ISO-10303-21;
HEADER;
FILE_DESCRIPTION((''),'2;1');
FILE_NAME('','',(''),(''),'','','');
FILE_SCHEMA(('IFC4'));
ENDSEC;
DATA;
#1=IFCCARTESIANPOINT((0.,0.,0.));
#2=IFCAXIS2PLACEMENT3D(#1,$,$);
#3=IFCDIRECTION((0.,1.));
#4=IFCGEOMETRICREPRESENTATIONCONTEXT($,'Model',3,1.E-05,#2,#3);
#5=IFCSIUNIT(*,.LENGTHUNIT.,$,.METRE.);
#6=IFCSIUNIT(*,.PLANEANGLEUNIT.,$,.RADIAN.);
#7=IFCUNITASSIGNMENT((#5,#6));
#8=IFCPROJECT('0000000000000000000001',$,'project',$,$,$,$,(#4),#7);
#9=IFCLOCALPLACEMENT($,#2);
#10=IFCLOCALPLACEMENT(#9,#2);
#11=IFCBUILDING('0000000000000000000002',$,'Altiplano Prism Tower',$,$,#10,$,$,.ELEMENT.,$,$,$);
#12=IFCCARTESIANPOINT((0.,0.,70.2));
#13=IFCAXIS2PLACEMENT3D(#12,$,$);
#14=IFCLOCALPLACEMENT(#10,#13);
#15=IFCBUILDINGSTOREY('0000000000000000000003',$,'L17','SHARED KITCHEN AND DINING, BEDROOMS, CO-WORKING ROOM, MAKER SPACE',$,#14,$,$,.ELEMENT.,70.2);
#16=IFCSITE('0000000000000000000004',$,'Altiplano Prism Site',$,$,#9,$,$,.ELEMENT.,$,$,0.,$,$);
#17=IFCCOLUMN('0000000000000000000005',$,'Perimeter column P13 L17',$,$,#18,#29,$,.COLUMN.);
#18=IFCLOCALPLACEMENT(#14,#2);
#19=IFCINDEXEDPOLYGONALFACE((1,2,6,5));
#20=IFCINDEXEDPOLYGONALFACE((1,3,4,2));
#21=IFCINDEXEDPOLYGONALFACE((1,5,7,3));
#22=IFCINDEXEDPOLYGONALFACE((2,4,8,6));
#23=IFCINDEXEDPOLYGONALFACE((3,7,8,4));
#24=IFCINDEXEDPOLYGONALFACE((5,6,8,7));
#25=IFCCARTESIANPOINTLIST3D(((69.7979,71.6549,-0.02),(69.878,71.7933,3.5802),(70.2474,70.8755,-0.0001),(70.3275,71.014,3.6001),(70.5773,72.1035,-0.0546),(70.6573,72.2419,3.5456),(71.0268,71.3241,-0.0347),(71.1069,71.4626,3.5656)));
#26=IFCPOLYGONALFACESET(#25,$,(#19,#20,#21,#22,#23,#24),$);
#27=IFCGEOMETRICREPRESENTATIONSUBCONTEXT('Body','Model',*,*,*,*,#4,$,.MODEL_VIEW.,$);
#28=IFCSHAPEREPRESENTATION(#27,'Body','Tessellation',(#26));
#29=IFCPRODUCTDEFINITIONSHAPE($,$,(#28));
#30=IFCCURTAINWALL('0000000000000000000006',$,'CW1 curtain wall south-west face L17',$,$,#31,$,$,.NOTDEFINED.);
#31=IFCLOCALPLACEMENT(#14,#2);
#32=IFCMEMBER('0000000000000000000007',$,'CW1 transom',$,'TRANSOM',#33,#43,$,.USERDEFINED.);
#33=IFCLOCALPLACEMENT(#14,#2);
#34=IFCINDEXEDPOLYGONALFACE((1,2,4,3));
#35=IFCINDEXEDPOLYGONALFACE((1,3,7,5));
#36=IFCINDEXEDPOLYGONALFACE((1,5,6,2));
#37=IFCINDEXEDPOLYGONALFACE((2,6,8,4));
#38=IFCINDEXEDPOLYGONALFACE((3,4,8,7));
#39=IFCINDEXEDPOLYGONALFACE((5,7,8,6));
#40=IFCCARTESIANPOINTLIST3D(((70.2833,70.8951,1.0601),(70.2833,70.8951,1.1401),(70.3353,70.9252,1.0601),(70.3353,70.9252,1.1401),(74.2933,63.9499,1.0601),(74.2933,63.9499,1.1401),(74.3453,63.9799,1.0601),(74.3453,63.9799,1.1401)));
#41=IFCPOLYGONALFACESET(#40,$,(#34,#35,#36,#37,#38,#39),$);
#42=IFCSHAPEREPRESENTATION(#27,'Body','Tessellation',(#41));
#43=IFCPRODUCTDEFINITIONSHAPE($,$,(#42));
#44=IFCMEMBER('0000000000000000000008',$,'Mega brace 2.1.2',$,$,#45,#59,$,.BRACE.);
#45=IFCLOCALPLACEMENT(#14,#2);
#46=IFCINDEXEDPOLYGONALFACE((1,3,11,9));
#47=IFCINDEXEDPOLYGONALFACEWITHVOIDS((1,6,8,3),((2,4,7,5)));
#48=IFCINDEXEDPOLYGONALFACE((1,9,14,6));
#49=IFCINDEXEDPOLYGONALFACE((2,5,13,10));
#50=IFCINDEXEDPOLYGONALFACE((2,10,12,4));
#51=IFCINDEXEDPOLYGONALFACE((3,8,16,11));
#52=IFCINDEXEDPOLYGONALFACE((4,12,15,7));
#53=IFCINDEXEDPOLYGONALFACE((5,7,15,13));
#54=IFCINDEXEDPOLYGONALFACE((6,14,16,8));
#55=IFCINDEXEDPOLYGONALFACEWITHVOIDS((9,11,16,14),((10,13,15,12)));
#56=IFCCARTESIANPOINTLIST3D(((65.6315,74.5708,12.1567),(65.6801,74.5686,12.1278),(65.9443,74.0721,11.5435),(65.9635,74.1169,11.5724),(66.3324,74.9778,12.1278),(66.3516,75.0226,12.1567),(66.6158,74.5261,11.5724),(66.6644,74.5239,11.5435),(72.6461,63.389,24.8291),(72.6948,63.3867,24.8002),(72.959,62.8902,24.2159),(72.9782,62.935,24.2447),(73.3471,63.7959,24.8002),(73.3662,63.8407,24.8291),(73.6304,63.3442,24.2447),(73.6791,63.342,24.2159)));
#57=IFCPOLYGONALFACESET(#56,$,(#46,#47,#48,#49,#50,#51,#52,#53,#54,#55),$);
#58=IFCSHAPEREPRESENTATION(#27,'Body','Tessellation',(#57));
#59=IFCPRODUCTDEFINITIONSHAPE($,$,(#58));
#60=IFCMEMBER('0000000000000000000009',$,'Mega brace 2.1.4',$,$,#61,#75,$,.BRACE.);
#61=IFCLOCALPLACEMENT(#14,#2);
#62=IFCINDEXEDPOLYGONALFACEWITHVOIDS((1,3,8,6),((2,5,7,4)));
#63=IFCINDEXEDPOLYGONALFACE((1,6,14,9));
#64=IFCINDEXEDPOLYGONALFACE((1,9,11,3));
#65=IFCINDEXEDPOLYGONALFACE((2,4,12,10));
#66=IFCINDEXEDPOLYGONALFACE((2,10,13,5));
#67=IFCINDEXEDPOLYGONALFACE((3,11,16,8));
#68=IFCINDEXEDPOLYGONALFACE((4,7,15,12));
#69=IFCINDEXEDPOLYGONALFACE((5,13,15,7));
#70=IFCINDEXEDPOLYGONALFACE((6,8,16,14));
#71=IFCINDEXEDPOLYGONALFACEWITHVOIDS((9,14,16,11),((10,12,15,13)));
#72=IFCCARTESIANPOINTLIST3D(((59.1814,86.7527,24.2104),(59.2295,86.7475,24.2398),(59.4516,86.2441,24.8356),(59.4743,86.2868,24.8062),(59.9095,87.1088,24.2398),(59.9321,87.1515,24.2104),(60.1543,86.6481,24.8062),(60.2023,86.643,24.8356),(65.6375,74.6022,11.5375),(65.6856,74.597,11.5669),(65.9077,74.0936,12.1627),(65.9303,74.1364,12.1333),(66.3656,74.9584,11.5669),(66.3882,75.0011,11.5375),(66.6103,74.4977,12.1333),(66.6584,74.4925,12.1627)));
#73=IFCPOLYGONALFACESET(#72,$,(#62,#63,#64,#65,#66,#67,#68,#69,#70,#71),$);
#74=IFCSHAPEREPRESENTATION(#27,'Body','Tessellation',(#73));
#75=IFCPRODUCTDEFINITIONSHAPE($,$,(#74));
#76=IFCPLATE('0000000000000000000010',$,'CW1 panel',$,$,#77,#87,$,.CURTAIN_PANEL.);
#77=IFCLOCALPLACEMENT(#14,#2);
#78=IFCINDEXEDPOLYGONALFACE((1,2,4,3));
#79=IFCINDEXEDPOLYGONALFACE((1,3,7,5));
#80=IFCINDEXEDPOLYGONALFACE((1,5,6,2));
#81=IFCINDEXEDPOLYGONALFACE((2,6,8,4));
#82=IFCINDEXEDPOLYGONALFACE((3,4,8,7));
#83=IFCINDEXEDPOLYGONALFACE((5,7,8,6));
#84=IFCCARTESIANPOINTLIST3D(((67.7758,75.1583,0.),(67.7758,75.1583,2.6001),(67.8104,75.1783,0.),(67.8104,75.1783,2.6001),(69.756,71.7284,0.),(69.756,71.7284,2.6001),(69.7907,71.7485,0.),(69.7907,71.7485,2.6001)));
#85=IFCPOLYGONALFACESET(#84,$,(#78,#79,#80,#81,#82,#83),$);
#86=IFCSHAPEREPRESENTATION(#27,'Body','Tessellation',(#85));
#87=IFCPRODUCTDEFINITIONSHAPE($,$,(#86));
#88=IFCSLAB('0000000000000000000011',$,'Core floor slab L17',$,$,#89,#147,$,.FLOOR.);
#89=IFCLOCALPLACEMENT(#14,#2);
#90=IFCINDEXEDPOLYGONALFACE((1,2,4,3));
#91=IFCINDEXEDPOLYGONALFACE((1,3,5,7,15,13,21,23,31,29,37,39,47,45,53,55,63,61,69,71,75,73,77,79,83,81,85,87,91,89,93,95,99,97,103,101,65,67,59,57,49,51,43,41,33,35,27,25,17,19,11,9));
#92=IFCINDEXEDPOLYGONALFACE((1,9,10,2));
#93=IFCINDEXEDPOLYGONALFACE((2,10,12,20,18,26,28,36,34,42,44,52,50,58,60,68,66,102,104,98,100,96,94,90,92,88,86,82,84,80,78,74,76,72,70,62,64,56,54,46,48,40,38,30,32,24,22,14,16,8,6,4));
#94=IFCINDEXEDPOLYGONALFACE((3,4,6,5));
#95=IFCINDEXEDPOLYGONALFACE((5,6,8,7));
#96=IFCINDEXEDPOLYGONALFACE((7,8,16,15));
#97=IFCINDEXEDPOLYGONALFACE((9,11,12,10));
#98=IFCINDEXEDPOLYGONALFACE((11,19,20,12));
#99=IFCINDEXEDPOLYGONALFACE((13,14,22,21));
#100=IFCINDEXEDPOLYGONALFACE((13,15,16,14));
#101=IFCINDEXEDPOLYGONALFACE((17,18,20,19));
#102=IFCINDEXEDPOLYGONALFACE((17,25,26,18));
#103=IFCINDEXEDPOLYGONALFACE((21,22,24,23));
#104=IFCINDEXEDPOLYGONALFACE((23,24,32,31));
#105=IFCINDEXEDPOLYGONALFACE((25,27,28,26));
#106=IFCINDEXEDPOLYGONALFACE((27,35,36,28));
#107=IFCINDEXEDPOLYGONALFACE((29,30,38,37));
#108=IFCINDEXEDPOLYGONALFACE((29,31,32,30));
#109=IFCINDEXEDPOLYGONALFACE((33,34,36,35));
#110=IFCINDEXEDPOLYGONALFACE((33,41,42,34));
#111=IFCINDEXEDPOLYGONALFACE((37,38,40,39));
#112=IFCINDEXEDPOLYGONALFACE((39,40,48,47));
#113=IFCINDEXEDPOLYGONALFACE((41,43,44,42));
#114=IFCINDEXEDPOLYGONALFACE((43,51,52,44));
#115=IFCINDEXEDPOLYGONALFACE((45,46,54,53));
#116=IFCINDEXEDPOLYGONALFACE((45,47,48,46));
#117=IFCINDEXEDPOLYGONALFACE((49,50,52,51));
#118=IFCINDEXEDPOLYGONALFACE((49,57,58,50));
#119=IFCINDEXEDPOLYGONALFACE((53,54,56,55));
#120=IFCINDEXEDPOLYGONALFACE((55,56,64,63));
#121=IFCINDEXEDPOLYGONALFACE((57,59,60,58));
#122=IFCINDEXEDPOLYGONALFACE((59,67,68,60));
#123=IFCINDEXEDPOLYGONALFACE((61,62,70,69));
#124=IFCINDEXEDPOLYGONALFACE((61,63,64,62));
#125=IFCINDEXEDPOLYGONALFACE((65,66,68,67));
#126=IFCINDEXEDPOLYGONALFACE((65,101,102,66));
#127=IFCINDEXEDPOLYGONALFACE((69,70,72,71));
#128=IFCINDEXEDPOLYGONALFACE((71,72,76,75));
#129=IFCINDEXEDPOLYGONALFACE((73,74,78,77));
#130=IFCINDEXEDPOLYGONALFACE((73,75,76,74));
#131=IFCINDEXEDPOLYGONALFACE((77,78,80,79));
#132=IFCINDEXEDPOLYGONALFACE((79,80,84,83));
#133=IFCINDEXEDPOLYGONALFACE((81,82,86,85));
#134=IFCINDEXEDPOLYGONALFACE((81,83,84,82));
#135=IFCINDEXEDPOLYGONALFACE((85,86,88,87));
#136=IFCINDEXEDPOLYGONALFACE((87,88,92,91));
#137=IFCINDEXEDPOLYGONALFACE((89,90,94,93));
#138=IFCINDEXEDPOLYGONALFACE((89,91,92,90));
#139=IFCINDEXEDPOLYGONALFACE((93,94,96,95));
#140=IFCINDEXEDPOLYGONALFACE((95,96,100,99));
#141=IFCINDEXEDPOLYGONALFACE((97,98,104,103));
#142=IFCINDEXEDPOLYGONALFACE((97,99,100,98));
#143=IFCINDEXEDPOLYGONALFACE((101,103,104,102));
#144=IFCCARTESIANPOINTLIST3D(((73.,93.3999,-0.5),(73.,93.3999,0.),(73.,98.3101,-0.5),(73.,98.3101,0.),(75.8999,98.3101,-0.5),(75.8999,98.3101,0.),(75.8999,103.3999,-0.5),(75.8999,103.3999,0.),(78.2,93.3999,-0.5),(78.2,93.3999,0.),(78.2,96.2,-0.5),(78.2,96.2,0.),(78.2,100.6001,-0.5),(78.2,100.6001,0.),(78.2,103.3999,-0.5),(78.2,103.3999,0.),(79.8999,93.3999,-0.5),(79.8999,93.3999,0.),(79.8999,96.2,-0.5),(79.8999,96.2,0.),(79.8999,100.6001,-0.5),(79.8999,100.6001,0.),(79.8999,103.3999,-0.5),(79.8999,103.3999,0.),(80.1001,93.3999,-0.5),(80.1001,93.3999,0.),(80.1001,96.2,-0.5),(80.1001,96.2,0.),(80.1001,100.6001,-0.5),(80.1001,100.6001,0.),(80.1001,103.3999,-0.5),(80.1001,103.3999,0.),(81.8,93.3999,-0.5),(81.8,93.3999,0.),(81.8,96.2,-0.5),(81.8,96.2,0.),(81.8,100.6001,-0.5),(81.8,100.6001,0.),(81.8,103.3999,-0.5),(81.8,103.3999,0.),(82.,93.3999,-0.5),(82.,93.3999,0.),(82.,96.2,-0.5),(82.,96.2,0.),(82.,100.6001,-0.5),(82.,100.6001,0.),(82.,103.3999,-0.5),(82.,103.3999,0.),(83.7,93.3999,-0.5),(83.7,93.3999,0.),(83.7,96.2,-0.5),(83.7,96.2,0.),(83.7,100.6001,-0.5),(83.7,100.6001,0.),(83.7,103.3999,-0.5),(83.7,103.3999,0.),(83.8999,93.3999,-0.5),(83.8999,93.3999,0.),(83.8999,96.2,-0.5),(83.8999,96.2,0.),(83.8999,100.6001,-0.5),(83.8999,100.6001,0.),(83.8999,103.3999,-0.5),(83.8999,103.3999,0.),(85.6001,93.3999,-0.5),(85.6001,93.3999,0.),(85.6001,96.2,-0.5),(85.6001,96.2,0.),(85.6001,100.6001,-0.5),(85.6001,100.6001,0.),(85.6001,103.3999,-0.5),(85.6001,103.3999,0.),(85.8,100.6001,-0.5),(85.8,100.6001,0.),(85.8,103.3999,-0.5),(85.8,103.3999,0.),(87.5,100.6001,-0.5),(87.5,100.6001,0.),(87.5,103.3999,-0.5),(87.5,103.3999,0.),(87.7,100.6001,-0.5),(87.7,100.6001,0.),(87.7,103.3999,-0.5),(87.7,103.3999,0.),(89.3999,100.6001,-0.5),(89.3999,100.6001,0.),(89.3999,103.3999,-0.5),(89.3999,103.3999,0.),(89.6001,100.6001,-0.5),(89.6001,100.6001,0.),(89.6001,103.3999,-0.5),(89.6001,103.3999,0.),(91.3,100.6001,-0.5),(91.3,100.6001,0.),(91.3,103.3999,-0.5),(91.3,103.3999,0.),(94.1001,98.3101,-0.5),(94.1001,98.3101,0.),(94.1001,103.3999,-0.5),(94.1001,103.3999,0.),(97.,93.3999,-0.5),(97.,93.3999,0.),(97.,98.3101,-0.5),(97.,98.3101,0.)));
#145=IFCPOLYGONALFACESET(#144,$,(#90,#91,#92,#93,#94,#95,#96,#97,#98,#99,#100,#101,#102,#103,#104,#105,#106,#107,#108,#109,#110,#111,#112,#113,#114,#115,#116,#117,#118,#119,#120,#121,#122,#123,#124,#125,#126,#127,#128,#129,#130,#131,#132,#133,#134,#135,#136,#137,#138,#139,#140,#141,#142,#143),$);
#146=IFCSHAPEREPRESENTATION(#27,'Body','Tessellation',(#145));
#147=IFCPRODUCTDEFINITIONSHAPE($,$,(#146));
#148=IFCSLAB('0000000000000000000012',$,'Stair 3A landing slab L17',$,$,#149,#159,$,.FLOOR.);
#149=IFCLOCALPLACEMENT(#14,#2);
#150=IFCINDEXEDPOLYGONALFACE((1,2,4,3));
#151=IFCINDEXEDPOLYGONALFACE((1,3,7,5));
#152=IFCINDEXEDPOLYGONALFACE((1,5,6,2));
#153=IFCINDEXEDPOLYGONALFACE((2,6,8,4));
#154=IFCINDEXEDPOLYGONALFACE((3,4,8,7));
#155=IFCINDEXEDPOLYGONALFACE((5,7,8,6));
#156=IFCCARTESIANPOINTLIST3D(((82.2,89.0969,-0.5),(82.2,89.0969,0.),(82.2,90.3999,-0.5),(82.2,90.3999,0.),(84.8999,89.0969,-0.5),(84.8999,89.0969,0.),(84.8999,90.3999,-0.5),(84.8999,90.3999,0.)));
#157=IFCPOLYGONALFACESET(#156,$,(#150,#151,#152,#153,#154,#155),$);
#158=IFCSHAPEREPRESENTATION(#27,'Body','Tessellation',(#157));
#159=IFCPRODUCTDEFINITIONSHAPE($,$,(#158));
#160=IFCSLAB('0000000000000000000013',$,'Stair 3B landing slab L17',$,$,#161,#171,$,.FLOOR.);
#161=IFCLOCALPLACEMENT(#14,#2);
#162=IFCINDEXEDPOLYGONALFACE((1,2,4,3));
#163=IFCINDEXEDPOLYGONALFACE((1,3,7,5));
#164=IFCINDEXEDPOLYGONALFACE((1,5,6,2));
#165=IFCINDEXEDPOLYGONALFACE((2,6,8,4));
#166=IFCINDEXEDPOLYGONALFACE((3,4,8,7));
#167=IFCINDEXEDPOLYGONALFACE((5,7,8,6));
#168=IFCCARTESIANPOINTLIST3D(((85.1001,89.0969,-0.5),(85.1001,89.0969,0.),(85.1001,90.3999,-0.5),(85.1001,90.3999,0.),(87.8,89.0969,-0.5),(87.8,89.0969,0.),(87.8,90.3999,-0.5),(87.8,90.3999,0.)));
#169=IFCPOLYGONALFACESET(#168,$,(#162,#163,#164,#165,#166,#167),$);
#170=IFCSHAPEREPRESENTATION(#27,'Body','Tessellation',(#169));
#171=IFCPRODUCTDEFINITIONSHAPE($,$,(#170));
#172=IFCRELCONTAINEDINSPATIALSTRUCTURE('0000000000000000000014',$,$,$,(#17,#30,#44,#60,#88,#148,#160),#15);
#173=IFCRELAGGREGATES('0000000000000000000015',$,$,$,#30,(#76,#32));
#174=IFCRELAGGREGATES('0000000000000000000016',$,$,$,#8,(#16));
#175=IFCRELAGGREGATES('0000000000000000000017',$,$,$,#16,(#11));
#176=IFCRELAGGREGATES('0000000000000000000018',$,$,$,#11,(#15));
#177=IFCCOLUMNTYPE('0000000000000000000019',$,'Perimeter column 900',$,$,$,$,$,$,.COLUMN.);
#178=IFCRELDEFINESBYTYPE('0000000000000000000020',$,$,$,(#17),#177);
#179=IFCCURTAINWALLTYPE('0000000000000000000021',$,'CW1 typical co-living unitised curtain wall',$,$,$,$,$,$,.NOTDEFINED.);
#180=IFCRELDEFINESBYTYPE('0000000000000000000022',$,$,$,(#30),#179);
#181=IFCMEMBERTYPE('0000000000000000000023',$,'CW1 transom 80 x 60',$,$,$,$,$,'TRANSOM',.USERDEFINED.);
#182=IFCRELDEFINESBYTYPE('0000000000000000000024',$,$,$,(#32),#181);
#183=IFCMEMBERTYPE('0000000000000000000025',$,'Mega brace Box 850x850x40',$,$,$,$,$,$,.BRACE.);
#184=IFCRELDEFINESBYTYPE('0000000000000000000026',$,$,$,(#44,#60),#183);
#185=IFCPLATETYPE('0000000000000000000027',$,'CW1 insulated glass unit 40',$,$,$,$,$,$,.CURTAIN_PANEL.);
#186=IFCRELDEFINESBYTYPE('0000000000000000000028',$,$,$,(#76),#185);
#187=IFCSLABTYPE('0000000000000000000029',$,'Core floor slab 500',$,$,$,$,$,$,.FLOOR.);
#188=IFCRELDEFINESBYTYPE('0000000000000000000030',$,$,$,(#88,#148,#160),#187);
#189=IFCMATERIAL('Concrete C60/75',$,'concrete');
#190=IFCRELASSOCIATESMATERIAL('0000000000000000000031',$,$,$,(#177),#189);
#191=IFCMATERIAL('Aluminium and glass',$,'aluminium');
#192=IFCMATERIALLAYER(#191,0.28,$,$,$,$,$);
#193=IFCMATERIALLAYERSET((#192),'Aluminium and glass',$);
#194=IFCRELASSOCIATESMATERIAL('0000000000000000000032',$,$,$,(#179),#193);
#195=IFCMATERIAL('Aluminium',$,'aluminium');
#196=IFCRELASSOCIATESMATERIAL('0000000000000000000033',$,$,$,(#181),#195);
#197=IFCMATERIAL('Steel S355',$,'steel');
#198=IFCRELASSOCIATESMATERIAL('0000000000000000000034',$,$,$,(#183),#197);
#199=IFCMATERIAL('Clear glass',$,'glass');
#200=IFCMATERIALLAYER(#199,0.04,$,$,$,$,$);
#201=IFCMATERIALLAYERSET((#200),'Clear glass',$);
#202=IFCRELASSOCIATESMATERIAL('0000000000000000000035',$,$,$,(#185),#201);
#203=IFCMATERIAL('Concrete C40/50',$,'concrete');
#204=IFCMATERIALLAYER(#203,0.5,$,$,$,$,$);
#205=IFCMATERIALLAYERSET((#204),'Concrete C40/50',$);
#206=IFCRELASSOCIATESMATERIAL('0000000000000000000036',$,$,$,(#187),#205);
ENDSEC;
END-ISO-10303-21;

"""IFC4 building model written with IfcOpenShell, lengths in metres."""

from ifc_helpers import new_model, si_unit, direction, frame, origin, origin_2d, place, context, subcontext, project, spatial, polyline, rectangle, hollow_rectangle, outline, extrude, material, layer, layer_set, material_profile, profile_set, type_object, element, aggregate, save


model = new_model("IFC4")

# Units and contexts
model_context = context("Model", 3, precision=1e-05, world=origin(), true_north=direction((0.0, 1.0)))
body_context = subcontext(model_context, "Body", "Model", "MODEL_VIEW")
ifc_project = project(units=[si_unit("LENGTHUNIT", "METRE"), si_unit("PLANEANGLEUNIT", "RADIAN")], contexts=[model_context])

# Site, building, storey
site_placement = place(None, origin())
site = spatial("IfcSite", under=ifc_project, at=site_placement, Name="Altiplano Prism Site", CompositionType="ELEMENT", RefElevation=0.0)
building_placement = place(site_placement, origin())
building = spatial("IfcBuilding", under=site, at=building_placement, Name="Altiplano Prism Tower", CompositionType="ELEMENT")
storey_placement = place(building_placement, frame((0.0, 0.0, 70.2)))
storey = spatial("IfcBuildingStorey", under=building, at=storey_placement, Name="L17", Description="SHARED KITCHEN AND DINING, BEDROOMS, CO-WORKING ROOM, MAKER SPACE", CompositionType="ELEMENT", Elevation=70.2)

# Column
ifc_material_1 = material(Name="Concrete C60/75", Category="concrete")
ifc_material_profile_1 = material_profile(ifc_material_1, rectangle(XDim=0.8999, YDim=0.8999, at=origin_2d()), Name="Perimeter column 900")
ifc_profile_set_1 = profile_set([ifc_material_profile_1], Name="Concrete C60/75")
column_type = type_object("IfcColumnType", Name="Perimeter column 900", PredefinedType="COLUMN", material=ifc_profile_set_1)
column_placement = place(storey_placement, frame((70.4124, 71.4895, -0.0273), z_axis=(0.022221, 0.038413, 0.999015), x_axis=(-0.866024, -0.498523, 0.038432)))
element("IfcColumn", 1, at=column_placement, inside=storey, type_object=column_type, Name="Perimeter column P13 L17", PredefinedType="COLUMN", context=body_context, shape_type="SweptSolid", body=[
    extrude(rectangle(XDim=0.8999, YDim=0.8999, at=origin_2d()), origin(), (0.0, 0.0, 1.0), 3.6038),
])

# Curtain wall, member
ifc_material_2 = material(Name="Aluminium and glass", Category="aluminium")
ifc_layer_1 = layer(ifc_material_2, 0.28)
ifc_layer_set_1 = layer_set([ifc_layer_1], Name="Aluminium and glass")
curtain_wall_type = type_object("IfcCurtainWallType", Name="CW1 typical co-living unitised curtain wall", PredefinedType="NOTDEFINED", material=ifc_layer_set_1)
curtain_wall_placement = place(storey_placement, origin())
curtain_wall = element("IfcCurtainWall", 2, at=curtain_wall_placement, inside=storey, type_object=curtain_wall_type, Name="CW1 curtain wall south-west face L17", PredefinedType="NOTDEFINED")
ifc_material_3 = material(Name="Aluminium", Category="aluminium")
ifc_material_profile_2 = material_profile(ifc_material_3, rectangle(XDim=0.0601, YDim=0.0801, at=origin_2d()), Name="CW1 transom 80 x 60")
ifc_profile_set_2 = profile_set([ifc_material_profile_2], Name="Aluminium")
member_type_1 = type_object("IfcMemberType", Name="CW1 transom 80 x 60", ElementType="TRANSOM", PredefinedType="USERDEFINED", material=ifc_profile_set_2)
member_1_placement = place(storey_placement, frame((70.3093, 70.9102, 1.1001), z_axis=(0.500012, -0.866018, 0.0), x_axis=(0.866018, 0.500012, 0.0)))
member_1 = element("IfcMember", 3, at=member_1_placement, type_object=member_type_1, Name="CW1 transom", ObjectType="TRANSOM", PredefinedType="USERDEFINED", context=body_context, shape_type="SweptSolid", body=[
    extrude(rectangle(XDim=0.0601, YDim=0.0801, at=origin_2d()), origin(), (0.0, 0.0, 1.0), 8.0198),
])

# Members
ifc_material_4 = material(Name="Steel S355", Category="steel")
ifc_material_profile_3 = material_profile(ifc_material_4, hollow_rectangle(XDim=0.8501, YDim=0.8501, WallThickness=0.04, at=origin_2d()), Name="Mega brace Box 850x850x40")
ifc_profile_set_3 = profile_set([ifc_material_profile_3], Name="Steel S355")
member_type_2 = type_object("IfcMemberType", Name="Mega brace Box 850x850x40", PredefinedType="BRACE", material=ifc_profile_set_3)
member_2_placement = place(storey_placement, frame((66.1479, 74.5474, 11.8501), z_axis=(0.383349, -0.611088, 0.692542), x_axis=(0.847113, 0.531413, 0.0)))
element("IfcMember", 4, at=member_2_placement, inside=storey, type_object=member_type_2, Name="Mega brace 2.1.2", PredefinedType="BRACE", context=body_context, shape_type="SweptSolid", body=[
    extrude(hollow_rectangle(XDim=0.8501, YDim=0.8501, WallThickness=0.04, at=origin_2d()), origin(), (0.0, 0.0, 1.0), 18.2983),
])
member_3_placement = place(storey_placement, frame((66.1479, 74.5474, 11.8501), z_axis=(-0.345133, 0.649546, 0.677476), x_axis=(-0.883081, -0.469221, 0.0)))
element("IfcMember", 5, at=member_3_placement, inside=storey, type_object=member_type_2, Name="Mega brace 2.1.4", PredefinedType="BRACE", context=body_context, shape_type="SweptSolid", body=[
    extrude(hollow_rectangle(XDim=0.8501, YDim=0.8501, WallThickness=0.04, at=origin_2d()), origin(), (0.0, 0.0, 1.0), 18.7061),
])

# Plate
ifc_material_5 = material(Name="Clear glass", Category="glass")
ifc_layer_2 = layer(ifc_material_5, 0.04)
ifc_layer_set_2 = layer_set([ifc_layer_2], Name="Clear glass")
plate_type = type_object("IfcPlateType", Name="CW1 insulated glass unit 40", PredefinedType="CURTAIN_PANEL", material=ifc_layer_set_2)
plate_placement = place(storey_placement, frame((68.7832, 73.4534, 0.0), z_axis=(0.0, 0.0, 1.0), x_axis=(0.5, -0.866025, 0.0)))
plate = element("IfcPlate", 6, at=plate_placement, type_object=plate_type, Name="CW1 panel", PredefinedType="CURTAIN_PANEL", context=body_context, shape_type="SweptSolid", body=[
    extrude(rectangle(XDim=3.9604, YDim=0.04, at=origin_2d()), origin(), (0.0, 0.0, 1.0), 2.6001),
])
aggregate(curtain_wall, [plate, member_1])

# Slabs
ifc_material_6 = material(Name="Concrete C40/50", Category="concrete")
ifc_layer_3 = layer(ifc_material_6, 0.5)
ifc_layer_set_3 = layer_set([ifc_layer_3], Name="Concrete C40/50")
slab_type_1 = type_object("IfcSlabType", Name="Core floor slab 500", PredefinedType="FLOOR", material=ifc_layer_set_3)
slab_1_placement = place(storey_placement, frame((0.0, 0.0, -0.5)))
element("IfcSlab", 7, at=slab_1_placement, inside=storey, type_object=slab_type_1, Name="Core floor slab L17", PredefinedType="FLOOR", context=body_context, shape_type="SweptSolid", body=[
    extrude(outline(polyline([(97.0, 98.3101), (94.1001, 98.3101), (94.1001, 103.3999), (91.3, 103.3999), (91.3, 100.6001), (89.6001, 100.6001), (89.6001, 103.3999), (89.3999, 103.3999), (89.3999, 100.6001), (87.7, 100.6001), (87.7, 103.3999), (87.5, 103.3999), (87.5, 100.6001), (85.8, 100.6001), (85.8, 103.3999), (85.6001, 103.3999), (85.6001, 100.6001), (83.8999, 100.6001), (83.8999, 103.3999), (83.7, 103.3999), (83.7, 100.6001), (82.0, 100.6001), (82.0, 103.3999), (81.8, 103.3999), (81.8, 100.6001), (80.1001, 100.6001), (80.1001, 103.3999), (79.8999, 103.3999), (79.8999, 100.6001), (78.2, 100.6001), (78.2, 103.3999), (75.8999, 103.3999), (75.8999, 98.3101), (73.0, 98.3101), (73.0, 93.3999), (78.2, 93.3999), (78.2, 96.2), (79.8999, 96.2), (79.8999, 93.3999), (80.1001, 93.3999), (80.1001, 96.2), (81.8, 96.2), (81.8, 93.3999), (82.0, 93.3999), (82.0, 96.2), (83.7, 96.2), (83.7, 93.3999), (83.8999, 93.3999), (83.8999, 96.2), (85.6001, 96.2), (85.6001, 93.3999), (97.0, 93.3999), (97.0, 98.3101)])), origin(), (0.0, 0.0, 1.0), 0.5),
])
slab_2_placement = place(storey_placement, frame((0.0, 0.0, -0.5)))
element("IfcSlab", 8, at=slab_2_placement, inside=storey, type_object=slab_type_1, Name="Stair 3A landing slab L17", PredefinedType="FLOOR", context=body_context, shape_type="SweptSolid", body=[
    extrude(outline(polyline([(82.2, 89.0969), (84.8999, 89.0969), (84.8999, 90.3999), (82.2, 90.3999), (82.2, 89.0969)])), origin(), (0.0, 0.0, 1.0), 0.5),
])
slab_3_placement = place(storey_placement, frame((0.0, 0.0, -0.5)))
element("IfcSlab", 9, at=slab_3_placement, inside=storey, type_object=slab_type_1, Name="Stair 3B landing slab L17", PredefinedType="FLOOR", context=body_context, shape_type="SweptSolid", body=[
    extrude(outline(polyline([(85.1001, 89.0969), (87.8, 89.0969), (87.8, 90.3999), (85.1001, 90.3999), (85.1001, 89.0969)])), origin(), (0.0, 0.0, 1.0), 0.5),
])

save(model, "model.ifc")
